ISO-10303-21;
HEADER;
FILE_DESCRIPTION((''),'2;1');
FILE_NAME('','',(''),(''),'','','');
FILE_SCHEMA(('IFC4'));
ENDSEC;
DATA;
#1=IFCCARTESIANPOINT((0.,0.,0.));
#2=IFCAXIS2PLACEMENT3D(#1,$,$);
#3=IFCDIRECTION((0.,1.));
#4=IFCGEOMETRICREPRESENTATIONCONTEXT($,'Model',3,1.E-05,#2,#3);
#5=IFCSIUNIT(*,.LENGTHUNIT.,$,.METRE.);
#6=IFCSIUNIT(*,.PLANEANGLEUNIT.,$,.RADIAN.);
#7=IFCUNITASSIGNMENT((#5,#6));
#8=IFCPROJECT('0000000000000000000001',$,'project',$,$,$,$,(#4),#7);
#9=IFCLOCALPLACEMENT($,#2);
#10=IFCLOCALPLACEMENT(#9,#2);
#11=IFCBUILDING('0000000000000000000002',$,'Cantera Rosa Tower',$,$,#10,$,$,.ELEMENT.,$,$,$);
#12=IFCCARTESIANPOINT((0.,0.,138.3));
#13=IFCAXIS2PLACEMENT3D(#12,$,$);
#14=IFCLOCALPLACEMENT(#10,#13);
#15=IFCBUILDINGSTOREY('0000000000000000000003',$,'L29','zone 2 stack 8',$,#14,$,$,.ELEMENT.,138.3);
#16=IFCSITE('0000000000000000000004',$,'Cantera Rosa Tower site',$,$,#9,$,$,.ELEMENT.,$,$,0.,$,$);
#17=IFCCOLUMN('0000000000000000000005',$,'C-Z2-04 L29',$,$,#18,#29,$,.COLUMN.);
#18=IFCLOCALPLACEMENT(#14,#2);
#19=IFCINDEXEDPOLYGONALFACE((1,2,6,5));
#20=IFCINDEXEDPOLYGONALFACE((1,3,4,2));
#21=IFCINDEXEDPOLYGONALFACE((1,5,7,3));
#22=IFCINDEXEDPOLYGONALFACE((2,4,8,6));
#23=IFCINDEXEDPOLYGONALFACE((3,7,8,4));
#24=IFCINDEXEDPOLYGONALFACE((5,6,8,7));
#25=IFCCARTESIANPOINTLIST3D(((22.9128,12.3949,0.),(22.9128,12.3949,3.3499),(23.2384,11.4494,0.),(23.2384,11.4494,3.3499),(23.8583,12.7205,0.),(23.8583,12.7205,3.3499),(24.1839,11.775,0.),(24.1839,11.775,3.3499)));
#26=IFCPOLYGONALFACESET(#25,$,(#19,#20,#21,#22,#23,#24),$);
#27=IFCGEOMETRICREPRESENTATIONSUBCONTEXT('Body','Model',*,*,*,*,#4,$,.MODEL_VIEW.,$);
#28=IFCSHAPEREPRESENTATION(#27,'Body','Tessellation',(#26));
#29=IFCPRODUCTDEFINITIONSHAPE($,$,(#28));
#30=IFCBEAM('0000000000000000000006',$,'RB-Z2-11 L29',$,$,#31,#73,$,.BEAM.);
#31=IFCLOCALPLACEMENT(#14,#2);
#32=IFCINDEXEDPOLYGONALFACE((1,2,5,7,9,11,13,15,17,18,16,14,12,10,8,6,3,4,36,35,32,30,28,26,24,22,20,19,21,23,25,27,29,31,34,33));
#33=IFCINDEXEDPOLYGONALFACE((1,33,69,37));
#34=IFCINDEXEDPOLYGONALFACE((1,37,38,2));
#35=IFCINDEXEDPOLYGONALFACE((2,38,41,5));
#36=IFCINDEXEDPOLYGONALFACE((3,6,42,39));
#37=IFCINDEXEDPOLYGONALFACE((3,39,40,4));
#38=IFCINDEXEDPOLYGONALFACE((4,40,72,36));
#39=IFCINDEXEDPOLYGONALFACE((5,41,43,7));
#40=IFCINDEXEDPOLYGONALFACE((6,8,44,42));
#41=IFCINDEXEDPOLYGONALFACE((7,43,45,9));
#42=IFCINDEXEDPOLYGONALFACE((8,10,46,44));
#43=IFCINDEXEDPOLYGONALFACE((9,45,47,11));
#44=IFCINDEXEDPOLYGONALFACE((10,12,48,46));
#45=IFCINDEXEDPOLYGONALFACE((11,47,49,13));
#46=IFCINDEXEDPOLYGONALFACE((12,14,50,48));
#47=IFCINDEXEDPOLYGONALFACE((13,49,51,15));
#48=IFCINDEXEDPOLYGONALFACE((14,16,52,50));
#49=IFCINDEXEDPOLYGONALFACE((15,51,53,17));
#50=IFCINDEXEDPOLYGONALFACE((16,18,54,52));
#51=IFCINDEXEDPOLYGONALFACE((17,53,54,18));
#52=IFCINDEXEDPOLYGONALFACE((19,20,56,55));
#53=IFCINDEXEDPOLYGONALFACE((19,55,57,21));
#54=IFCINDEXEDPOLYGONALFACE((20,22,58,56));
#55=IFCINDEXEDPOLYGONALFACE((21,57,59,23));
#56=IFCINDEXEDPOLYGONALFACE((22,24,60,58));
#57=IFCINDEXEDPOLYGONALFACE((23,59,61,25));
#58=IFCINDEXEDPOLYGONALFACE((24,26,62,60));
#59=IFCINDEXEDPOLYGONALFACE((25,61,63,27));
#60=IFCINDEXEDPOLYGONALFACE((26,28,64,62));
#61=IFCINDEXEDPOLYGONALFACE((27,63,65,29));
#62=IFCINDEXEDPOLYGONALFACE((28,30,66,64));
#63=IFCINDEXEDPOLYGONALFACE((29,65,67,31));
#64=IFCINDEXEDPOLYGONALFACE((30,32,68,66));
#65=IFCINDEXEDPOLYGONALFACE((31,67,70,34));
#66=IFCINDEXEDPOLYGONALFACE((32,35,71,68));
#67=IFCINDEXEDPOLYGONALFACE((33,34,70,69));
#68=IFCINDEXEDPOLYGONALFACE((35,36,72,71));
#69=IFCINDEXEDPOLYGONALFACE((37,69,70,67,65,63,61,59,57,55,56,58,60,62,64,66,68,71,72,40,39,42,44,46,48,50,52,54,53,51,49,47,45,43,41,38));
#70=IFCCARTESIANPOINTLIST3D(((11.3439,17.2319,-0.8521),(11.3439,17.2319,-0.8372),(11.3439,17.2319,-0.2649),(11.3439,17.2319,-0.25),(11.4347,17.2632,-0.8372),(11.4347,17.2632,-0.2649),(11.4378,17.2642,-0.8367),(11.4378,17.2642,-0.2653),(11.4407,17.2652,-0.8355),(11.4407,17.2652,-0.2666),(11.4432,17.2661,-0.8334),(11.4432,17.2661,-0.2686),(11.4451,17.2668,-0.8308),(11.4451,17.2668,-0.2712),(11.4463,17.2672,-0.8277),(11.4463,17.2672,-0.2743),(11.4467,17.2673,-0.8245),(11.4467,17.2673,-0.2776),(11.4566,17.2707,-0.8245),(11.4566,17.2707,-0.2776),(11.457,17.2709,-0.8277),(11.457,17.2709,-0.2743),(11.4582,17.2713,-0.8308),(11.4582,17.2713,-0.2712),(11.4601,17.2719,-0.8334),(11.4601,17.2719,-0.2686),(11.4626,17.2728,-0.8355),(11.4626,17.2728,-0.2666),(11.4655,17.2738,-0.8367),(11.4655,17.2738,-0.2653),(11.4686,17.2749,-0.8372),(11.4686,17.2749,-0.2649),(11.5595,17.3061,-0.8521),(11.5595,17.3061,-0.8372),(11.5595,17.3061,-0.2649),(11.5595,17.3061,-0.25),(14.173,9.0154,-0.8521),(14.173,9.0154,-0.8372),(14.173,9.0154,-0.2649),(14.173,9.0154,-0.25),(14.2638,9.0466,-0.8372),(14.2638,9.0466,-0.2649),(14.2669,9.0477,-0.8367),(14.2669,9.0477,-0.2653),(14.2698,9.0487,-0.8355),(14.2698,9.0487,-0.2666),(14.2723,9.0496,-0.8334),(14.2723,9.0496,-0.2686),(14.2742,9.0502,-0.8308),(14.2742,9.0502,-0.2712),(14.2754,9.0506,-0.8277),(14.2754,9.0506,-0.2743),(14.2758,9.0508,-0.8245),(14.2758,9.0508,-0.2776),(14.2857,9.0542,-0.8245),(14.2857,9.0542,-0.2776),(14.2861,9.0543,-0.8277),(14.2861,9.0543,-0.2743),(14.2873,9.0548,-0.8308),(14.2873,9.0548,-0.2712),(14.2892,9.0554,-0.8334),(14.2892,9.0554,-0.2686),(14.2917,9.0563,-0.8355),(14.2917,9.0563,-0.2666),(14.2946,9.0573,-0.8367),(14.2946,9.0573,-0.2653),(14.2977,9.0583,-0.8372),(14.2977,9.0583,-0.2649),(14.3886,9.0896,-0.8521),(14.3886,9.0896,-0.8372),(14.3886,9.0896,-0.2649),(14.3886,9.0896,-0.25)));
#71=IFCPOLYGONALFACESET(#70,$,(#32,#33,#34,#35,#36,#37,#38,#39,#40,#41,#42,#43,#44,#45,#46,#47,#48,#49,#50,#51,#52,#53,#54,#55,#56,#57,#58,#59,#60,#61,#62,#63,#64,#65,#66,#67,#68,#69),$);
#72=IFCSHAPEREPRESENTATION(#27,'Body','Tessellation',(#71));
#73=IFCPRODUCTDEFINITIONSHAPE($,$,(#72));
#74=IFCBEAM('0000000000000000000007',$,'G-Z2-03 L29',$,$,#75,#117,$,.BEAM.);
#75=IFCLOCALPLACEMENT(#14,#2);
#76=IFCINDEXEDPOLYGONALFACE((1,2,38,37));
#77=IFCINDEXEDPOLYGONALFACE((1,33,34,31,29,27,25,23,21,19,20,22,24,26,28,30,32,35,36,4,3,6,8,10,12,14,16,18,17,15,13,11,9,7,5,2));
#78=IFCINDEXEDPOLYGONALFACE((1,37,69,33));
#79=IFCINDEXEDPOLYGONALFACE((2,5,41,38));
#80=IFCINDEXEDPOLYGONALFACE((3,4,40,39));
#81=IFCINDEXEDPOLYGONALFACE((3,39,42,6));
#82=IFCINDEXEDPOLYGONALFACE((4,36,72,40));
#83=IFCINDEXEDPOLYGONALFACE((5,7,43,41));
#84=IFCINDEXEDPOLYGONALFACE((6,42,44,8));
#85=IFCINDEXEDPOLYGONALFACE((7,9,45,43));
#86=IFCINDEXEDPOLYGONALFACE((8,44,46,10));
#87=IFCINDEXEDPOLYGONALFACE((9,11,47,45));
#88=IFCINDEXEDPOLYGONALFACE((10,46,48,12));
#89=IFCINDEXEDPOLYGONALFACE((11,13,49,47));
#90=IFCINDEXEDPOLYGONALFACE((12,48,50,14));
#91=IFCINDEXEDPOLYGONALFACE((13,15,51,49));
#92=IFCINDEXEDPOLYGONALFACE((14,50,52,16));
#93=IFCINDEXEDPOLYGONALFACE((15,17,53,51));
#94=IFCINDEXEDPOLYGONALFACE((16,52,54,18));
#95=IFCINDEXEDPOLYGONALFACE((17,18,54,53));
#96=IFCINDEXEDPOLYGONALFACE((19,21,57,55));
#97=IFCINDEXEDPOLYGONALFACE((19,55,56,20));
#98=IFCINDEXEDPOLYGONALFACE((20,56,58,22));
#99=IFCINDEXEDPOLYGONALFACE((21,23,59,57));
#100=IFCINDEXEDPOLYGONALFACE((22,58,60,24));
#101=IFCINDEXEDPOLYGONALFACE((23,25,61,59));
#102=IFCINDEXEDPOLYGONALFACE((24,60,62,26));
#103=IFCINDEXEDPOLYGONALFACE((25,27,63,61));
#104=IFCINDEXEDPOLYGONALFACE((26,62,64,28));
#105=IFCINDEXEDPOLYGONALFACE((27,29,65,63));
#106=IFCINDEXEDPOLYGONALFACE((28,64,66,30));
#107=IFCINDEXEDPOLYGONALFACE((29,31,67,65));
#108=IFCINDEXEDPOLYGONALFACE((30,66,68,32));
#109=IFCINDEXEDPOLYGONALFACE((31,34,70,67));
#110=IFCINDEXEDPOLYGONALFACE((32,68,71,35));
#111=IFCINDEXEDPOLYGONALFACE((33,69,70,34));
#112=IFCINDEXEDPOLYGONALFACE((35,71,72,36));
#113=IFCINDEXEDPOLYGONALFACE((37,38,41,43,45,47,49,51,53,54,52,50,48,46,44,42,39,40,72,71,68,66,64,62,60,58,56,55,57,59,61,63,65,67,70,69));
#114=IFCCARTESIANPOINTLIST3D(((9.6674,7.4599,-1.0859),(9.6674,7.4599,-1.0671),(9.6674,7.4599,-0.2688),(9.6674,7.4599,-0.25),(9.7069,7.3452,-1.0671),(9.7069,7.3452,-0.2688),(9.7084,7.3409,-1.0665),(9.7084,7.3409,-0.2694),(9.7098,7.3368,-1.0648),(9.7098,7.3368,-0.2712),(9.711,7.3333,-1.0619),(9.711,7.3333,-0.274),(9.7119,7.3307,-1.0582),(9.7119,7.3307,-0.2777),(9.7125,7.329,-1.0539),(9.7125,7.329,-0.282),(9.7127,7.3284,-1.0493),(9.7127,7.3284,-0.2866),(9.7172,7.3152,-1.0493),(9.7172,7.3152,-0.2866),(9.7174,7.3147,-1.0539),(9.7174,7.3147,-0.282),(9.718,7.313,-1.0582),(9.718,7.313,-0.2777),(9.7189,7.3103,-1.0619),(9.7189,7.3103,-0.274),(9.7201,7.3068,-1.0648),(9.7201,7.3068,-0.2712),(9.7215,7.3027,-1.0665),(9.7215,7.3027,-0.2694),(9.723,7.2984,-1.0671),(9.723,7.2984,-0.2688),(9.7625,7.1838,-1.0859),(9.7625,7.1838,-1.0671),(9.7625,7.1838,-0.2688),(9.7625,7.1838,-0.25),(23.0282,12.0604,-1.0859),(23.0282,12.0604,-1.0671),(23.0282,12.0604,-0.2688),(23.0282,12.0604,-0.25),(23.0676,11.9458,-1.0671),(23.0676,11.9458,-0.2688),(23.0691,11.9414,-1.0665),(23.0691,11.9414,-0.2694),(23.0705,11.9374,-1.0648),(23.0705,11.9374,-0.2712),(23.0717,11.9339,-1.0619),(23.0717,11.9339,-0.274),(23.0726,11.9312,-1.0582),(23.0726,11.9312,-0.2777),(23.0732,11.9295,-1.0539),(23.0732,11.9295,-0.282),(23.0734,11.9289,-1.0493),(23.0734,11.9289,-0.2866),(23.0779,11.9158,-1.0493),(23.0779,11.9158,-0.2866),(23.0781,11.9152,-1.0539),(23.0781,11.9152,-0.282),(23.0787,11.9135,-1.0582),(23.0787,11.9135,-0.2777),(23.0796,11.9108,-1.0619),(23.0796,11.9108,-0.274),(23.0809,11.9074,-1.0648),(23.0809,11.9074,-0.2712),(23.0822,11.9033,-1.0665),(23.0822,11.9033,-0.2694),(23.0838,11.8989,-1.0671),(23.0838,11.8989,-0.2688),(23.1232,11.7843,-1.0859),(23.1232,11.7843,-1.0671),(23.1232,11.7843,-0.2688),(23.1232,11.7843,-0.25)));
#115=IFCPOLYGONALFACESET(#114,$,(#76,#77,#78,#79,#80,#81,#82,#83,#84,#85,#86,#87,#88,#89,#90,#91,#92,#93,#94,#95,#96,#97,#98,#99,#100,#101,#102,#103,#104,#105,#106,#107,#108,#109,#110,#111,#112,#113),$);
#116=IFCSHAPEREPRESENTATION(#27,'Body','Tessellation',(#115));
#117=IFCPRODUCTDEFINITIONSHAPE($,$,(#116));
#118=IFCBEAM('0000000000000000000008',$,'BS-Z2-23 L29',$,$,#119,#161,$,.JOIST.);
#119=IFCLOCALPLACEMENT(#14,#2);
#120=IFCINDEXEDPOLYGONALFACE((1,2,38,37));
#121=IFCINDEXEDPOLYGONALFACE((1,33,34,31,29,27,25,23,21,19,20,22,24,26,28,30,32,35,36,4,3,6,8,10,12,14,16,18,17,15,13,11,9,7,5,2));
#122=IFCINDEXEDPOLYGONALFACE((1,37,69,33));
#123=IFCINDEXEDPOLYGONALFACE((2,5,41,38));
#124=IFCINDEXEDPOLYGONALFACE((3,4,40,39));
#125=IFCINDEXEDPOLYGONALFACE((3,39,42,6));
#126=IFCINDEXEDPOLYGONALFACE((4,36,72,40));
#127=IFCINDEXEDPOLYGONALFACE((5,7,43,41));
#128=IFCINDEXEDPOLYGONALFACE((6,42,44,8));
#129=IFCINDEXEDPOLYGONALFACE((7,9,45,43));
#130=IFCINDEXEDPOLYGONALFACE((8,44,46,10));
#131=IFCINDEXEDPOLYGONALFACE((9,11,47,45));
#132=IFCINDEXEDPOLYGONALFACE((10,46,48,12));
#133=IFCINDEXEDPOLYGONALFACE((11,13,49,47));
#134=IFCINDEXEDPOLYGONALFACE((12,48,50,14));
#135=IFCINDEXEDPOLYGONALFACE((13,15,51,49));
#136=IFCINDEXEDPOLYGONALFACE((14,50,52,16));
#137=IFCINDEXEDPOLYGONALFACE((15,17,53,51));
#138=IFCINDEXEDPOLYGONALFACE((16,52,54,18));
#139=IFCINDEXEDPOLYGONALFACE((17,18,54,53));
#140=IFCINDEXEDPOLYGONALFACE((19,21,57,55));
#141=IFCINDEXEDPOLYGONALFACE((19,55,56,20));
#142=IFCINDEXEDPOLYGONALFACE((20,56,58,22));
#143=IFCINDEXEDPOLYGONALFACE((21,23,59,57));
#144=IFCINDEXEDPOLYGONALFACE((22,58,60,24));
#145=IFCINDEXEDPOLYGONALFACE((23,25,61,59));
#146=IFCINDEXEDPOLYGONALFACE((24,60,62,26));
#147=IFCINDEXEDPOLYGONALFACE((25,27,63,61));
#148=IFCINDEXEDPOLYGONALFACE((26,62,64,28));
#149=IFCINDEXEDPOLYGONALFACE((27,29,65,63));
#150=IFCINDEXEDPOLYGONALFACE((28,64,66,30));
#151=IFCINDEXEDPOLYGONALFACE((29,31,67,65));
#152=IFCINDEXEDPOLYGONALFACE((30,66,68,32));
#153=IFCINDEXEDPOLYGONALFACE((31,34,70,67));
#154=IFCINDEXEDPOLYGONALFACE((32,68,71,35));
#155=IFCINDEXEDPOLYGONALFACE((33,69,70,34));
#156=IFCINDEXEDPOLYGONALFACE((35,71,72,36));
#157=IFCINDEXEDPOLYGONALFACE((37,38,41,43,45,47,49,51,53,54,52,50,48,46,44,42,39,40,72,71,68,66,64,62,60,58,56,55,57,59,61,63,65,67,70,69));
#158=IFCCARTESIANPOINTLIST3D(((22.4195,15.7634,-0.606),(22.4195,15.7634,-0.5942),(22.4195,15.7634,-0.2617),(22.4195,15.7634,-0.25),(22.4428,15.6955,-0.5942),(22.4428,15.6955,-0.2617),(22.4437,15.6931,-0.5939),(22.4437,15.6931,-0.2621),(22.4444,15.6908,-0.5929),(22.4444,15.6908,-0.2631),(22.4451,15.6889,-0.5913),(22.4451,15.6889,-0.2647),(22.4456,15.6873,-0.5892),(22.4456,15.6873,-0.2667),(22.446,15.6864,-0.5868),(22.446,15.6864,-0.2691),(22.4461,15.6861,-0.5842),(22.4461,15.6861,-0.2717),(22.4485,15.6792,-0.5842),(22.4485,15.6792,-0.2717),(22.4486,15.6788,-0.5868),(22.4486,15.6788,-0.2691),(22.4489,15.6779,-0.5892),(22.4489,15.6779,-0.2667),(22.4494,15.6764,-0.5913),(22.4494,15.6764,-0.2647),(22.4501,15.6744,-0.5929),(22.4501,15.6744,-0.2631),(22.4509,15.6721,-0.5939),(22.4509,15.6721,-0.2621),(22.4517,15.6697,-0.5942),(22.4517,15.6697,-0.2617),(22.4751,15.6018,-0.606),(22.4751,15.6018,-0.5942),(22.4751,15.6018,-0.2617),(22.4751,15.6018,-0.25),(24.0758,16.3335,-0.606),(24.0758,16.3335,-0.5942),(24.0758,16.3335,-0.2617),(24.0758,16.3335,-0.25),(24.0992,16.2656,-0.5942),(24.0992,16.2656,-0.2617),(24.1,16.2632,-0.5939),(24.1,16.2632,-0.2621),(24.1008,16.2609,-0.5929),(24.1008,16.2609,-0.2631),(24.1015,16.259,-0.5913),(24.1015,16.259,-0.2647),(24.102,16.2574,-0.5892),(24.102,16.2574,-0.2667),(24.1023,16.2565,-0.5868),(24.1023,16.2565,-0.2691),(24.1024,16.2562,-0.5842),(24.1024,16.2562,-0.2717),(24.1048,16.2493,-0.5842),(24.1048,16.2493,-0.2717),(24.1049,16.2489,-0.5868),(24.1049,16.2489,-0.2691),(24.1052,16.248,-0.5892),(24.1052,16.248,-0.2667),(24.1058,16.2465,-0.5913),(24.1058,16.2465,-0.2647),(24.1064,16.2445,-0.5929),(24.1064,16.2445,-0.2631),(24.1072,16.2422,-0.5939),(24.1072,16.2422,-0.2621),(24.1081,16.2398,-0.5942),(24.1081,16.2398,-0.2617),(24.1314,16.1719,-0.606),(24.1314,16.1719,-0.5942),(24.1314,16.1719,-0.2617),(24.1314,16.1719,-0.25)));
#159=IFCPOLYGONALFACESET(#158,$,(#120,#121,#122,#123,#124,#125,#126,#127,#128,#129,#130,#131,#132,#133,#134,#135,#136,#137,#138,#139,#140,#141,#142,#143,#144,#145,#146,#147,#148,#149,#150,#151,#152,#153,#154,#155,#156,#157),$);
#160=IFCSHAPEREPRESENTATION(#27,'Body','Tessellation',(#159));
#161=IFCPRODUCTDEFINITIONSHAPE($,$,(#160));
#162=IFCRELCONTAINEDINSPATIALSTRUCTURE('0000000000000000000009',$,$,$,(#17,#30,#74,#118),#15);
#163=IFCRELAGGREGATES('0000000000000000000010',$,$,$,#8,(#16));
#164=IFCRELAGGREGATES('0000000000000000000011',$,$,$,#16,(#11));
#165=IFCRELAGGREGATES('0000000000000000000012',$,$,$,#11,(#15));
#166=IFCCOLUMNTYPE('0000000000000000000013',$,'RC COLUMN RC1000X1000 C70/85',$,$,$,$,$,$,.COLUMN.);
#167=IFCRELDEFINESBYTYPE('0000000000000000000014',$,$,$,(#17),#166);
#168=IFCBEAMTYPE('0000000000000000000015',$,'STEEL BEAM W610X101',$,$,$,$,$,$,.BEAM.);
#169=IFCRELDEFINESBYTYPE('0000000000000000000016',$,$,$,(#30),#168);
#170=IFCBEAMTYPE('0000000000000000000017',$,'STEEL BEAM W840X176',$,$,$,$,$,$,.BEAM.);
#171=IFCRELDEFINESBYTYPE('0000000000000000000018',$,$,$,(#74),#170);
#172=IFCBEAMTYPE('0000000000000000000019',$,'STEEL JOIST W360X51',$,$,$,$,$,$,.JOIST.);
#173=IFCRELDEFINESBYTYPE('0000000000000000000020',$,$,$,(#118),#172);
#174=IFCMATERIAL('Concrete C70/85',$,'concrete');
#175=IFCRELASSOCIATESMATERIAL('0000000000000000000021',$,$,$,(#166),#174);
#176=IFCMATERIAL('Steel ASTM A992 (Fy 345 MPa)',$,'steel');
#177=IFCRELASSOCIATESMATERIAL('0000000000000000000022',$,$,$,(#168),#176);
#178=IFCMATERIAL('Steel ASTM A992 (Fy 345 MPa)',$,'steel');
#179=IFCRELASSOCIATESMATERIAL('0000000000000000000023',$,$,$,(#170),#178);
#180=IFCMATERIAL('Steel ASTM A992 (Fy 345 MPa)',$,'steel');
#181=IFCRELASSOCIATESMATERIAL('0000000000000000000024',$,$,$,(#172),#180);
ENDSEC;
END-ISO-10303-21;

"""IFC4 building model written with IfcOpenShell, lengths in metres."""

from ifc_helpers import new_model, si_unit, direction, frame, origin, origin_2d, place, context, subcontext, project, spatial, rectangle, i_section, extrude, material, material_profile, profile_set, type_object, element, save


model = new_model("IFC4")

# Units and contexts
model_context = context("Model", 3, precision=1e-05, world=origin(), true_north=direction((0.0, 1.0)))
body_context = subcontext(model_context, "Body", "Model", "MODEL_VIEW")
ifc_project = project(units=[si_unit("LENGTHUNIT", "METRE"), si_unit("PLANEANGLEUNIT", "RADIAN")], contexts=[model_context])

# Site, building, storey
site_placement = place(None, origin())
site = spatial("IfcSite", under=ifc_project, at=site_placement, Name="Cantera Rosa Tower site", CompositionType="ELEMENT", RefElevation=0.0)
building_placement = place(site_placement, origin())
building = spatial("IfcBuilding", under=site, at=building_placement, Name="Cantera Rosa Tower", CompositionType="ELEMENT")
storey_placement = place(building_placement, frame((0.0, 0.0, 138.3)))
storey = spatial("IfcBuildingStorey", under=building, at=storey_placement, Name="L29", Description="zone 2 stack 8", CompositionType="ELEMENT", Elevation=138.3)

# Column
ifc_material_1 = material(Name="Concrete C70/85", Category="concrete")
ifc_material_profile_1 = material_profile(ifc_material_1, rectangle(XDim=1.0, YDim=1.0, at=origin_2d()), Name="RC COLUMN RC1000X1000 C70/85")
ifc_profile_set_1 = profile_set([ifc_material_profile_1], Name="Concrete C70/85")
column_type = type_object("IfcColumnType", Name="RC COLUMN RC1000X1000 C70/85", PredefinedType="COLUMN", material=ifc_profile_set_1)
column_placement = place(storey_placement, frame((23.5483, 12.085, 0.0), z_axis=(0.0, 0.0, 1.0), x_axis=(0.945519, 0.325568, 0.0)))
element("IfcColumn", 1, at=column_placement, inside=storey, type_object=column_type, Name="C-Z2-04 L29", PredefinedType="COLUMN", context=body_context, shape_type="SweptSolid", body=[
    extrude(rectangle(XDim=1.0, YDim=1.0, at=origin_2d()), origin(), (0.0, 0.0, 1.0), 3.3499),
])

# Beams
ifc_material_2 = material(Name="Steel ASTM A992 (Fy 345 MPa)", Category="steel")
ifc_material_profile_2 = material_profile(ifc_material_2, i_section(OverallWidth=0.228, OverallDepth=0.6021, WebThickness=0.0105, FlangeThickness=0.0149, FilletRadius=0.0127, at=origin_2d()), Name="W610X101")
ifc_profile_set_2 = profile_set([ifc_material_profile_2], Name="Steel ASTM A992 (Fy 345 MPa)")
beam_type_1 = type_object("IfcBeamType", Name="STEEL BEAM W610X101", PredefinedType="BEAM", material=ifc_profile_set_2)
beam_1_placement = place(storey_placement, frame((14.2808, 9.0525, -0.551), z_axis=(-0.325559, 0.945522, 0.0), x_axis=(-0.945522, -0.325559, 0.0)))
element("IfcBeam", 2, at=beam_1_placement, inside=storey, type_object=beam_type_1, Name="RB-Z2-11 L29", PredefinedType="BEAM", context=body_context, shape_type="SweptSolid", body=[
    extrude(i_section(OverallWidth=0.228, OverallDepth=0.6021, WebThickness=0.0105, FlangeThickness=0.0149, FilletRadius=0.0127, at=origin_2d()), origin(), (0.0, 0.0, 1.0), 8.6899),
])
ifc_material_3 = material(Name="Steel ASTM A992 (Fy 345 MPa)", Category="steel")
ifc_material_profile_3 = material_profile(ifc_material_3, i_section(OverallWidth=0.292, OverallDepth=0.8359, WebThickness=0.0139, FlangeThickness=0.0188, FilletRadius=0.0178, at=origin_2d()), Name="W840X176")
ifc_profile_set_3 = profile_set([ifc_material_profile_3], Name="Steel ASTM A992 (Fy 345 MPa)")
beam_type_2 = type_object("IfcBeamType", Name="STEEL BEAM W840X176", PredefinedType="BEAM", material=ifc_profile_set_3)
beam_2_placement = place(storey_placement, frame((23.0757, 11.9224, -0.668), z_axis=(-0.945517, -0.325573, 0.0), x_axis=(0.325573, -0.945517, 0.0)))
element("IfcBeam", 3, at=beam_2_placement, inside=storey, type_object=beam_type_2, Name="G-Z2-03 L29", PredefinedType="BEAM", context=body_context, shape_type="SweptSolid", body=[
    extrude(i_section(OverallWidth=0.292, OverallDepth=0.8359, WebThickness=0.0139, FlangeThickness=0.0188, FilletRadius=0.0178, at=origin_2d()), origin(), (0.0, 0.0, 1.0), 14.1306),
])
ifc_material_4 = material(Name="Steel ASTM A992 (Fy 345 MPa)", Category="steel")
ifc_material_profile_4 = material_profile(ifc_material_4, i_section(OverallWidth=0.1709, OverallDepth=0.356, WebThickness=0.0073, FlangeThickness=0.0117, FilletRadius=0.01, at=origin_2d()), Name="W360X51")
ifc_profile_set_4 = profile_set([ifc_material_profile_4], Name="Steel ASTM A992 (Fy 345 MPa)")
beam_type_3 = type_object("IfcBeamType", Name="STEEL JOIST W360X51", PredefinedType="JOIST", material=ifc_profile_set_4)
beam_3_placement = place(storey_placement, frame((22.4473, 15.6826, -0.428), z_axis=(0.945558, 0.325454, 0.0), x_axis=(-0.325454, 0.945558, 0.0)))
element("IfcBeam", 4, at=beam_3_placement, inside=storey, type_object=beam_type_3, Name="BS-Z2-23 L29", PredefinedType="JOIST", context=body_context, shape_type="SweptSolid", body=[
    extrude(i_section(OverallWidth=0.1709, OverallDepth=0.356, WebThickness=0.0073, FlangeThickness=0.0117, FilletRadius=0.01, at=origin_2d()), origin(), (0.0, 0.0, 1.0), 1.7517),
])

save(model, "model.ifc")
